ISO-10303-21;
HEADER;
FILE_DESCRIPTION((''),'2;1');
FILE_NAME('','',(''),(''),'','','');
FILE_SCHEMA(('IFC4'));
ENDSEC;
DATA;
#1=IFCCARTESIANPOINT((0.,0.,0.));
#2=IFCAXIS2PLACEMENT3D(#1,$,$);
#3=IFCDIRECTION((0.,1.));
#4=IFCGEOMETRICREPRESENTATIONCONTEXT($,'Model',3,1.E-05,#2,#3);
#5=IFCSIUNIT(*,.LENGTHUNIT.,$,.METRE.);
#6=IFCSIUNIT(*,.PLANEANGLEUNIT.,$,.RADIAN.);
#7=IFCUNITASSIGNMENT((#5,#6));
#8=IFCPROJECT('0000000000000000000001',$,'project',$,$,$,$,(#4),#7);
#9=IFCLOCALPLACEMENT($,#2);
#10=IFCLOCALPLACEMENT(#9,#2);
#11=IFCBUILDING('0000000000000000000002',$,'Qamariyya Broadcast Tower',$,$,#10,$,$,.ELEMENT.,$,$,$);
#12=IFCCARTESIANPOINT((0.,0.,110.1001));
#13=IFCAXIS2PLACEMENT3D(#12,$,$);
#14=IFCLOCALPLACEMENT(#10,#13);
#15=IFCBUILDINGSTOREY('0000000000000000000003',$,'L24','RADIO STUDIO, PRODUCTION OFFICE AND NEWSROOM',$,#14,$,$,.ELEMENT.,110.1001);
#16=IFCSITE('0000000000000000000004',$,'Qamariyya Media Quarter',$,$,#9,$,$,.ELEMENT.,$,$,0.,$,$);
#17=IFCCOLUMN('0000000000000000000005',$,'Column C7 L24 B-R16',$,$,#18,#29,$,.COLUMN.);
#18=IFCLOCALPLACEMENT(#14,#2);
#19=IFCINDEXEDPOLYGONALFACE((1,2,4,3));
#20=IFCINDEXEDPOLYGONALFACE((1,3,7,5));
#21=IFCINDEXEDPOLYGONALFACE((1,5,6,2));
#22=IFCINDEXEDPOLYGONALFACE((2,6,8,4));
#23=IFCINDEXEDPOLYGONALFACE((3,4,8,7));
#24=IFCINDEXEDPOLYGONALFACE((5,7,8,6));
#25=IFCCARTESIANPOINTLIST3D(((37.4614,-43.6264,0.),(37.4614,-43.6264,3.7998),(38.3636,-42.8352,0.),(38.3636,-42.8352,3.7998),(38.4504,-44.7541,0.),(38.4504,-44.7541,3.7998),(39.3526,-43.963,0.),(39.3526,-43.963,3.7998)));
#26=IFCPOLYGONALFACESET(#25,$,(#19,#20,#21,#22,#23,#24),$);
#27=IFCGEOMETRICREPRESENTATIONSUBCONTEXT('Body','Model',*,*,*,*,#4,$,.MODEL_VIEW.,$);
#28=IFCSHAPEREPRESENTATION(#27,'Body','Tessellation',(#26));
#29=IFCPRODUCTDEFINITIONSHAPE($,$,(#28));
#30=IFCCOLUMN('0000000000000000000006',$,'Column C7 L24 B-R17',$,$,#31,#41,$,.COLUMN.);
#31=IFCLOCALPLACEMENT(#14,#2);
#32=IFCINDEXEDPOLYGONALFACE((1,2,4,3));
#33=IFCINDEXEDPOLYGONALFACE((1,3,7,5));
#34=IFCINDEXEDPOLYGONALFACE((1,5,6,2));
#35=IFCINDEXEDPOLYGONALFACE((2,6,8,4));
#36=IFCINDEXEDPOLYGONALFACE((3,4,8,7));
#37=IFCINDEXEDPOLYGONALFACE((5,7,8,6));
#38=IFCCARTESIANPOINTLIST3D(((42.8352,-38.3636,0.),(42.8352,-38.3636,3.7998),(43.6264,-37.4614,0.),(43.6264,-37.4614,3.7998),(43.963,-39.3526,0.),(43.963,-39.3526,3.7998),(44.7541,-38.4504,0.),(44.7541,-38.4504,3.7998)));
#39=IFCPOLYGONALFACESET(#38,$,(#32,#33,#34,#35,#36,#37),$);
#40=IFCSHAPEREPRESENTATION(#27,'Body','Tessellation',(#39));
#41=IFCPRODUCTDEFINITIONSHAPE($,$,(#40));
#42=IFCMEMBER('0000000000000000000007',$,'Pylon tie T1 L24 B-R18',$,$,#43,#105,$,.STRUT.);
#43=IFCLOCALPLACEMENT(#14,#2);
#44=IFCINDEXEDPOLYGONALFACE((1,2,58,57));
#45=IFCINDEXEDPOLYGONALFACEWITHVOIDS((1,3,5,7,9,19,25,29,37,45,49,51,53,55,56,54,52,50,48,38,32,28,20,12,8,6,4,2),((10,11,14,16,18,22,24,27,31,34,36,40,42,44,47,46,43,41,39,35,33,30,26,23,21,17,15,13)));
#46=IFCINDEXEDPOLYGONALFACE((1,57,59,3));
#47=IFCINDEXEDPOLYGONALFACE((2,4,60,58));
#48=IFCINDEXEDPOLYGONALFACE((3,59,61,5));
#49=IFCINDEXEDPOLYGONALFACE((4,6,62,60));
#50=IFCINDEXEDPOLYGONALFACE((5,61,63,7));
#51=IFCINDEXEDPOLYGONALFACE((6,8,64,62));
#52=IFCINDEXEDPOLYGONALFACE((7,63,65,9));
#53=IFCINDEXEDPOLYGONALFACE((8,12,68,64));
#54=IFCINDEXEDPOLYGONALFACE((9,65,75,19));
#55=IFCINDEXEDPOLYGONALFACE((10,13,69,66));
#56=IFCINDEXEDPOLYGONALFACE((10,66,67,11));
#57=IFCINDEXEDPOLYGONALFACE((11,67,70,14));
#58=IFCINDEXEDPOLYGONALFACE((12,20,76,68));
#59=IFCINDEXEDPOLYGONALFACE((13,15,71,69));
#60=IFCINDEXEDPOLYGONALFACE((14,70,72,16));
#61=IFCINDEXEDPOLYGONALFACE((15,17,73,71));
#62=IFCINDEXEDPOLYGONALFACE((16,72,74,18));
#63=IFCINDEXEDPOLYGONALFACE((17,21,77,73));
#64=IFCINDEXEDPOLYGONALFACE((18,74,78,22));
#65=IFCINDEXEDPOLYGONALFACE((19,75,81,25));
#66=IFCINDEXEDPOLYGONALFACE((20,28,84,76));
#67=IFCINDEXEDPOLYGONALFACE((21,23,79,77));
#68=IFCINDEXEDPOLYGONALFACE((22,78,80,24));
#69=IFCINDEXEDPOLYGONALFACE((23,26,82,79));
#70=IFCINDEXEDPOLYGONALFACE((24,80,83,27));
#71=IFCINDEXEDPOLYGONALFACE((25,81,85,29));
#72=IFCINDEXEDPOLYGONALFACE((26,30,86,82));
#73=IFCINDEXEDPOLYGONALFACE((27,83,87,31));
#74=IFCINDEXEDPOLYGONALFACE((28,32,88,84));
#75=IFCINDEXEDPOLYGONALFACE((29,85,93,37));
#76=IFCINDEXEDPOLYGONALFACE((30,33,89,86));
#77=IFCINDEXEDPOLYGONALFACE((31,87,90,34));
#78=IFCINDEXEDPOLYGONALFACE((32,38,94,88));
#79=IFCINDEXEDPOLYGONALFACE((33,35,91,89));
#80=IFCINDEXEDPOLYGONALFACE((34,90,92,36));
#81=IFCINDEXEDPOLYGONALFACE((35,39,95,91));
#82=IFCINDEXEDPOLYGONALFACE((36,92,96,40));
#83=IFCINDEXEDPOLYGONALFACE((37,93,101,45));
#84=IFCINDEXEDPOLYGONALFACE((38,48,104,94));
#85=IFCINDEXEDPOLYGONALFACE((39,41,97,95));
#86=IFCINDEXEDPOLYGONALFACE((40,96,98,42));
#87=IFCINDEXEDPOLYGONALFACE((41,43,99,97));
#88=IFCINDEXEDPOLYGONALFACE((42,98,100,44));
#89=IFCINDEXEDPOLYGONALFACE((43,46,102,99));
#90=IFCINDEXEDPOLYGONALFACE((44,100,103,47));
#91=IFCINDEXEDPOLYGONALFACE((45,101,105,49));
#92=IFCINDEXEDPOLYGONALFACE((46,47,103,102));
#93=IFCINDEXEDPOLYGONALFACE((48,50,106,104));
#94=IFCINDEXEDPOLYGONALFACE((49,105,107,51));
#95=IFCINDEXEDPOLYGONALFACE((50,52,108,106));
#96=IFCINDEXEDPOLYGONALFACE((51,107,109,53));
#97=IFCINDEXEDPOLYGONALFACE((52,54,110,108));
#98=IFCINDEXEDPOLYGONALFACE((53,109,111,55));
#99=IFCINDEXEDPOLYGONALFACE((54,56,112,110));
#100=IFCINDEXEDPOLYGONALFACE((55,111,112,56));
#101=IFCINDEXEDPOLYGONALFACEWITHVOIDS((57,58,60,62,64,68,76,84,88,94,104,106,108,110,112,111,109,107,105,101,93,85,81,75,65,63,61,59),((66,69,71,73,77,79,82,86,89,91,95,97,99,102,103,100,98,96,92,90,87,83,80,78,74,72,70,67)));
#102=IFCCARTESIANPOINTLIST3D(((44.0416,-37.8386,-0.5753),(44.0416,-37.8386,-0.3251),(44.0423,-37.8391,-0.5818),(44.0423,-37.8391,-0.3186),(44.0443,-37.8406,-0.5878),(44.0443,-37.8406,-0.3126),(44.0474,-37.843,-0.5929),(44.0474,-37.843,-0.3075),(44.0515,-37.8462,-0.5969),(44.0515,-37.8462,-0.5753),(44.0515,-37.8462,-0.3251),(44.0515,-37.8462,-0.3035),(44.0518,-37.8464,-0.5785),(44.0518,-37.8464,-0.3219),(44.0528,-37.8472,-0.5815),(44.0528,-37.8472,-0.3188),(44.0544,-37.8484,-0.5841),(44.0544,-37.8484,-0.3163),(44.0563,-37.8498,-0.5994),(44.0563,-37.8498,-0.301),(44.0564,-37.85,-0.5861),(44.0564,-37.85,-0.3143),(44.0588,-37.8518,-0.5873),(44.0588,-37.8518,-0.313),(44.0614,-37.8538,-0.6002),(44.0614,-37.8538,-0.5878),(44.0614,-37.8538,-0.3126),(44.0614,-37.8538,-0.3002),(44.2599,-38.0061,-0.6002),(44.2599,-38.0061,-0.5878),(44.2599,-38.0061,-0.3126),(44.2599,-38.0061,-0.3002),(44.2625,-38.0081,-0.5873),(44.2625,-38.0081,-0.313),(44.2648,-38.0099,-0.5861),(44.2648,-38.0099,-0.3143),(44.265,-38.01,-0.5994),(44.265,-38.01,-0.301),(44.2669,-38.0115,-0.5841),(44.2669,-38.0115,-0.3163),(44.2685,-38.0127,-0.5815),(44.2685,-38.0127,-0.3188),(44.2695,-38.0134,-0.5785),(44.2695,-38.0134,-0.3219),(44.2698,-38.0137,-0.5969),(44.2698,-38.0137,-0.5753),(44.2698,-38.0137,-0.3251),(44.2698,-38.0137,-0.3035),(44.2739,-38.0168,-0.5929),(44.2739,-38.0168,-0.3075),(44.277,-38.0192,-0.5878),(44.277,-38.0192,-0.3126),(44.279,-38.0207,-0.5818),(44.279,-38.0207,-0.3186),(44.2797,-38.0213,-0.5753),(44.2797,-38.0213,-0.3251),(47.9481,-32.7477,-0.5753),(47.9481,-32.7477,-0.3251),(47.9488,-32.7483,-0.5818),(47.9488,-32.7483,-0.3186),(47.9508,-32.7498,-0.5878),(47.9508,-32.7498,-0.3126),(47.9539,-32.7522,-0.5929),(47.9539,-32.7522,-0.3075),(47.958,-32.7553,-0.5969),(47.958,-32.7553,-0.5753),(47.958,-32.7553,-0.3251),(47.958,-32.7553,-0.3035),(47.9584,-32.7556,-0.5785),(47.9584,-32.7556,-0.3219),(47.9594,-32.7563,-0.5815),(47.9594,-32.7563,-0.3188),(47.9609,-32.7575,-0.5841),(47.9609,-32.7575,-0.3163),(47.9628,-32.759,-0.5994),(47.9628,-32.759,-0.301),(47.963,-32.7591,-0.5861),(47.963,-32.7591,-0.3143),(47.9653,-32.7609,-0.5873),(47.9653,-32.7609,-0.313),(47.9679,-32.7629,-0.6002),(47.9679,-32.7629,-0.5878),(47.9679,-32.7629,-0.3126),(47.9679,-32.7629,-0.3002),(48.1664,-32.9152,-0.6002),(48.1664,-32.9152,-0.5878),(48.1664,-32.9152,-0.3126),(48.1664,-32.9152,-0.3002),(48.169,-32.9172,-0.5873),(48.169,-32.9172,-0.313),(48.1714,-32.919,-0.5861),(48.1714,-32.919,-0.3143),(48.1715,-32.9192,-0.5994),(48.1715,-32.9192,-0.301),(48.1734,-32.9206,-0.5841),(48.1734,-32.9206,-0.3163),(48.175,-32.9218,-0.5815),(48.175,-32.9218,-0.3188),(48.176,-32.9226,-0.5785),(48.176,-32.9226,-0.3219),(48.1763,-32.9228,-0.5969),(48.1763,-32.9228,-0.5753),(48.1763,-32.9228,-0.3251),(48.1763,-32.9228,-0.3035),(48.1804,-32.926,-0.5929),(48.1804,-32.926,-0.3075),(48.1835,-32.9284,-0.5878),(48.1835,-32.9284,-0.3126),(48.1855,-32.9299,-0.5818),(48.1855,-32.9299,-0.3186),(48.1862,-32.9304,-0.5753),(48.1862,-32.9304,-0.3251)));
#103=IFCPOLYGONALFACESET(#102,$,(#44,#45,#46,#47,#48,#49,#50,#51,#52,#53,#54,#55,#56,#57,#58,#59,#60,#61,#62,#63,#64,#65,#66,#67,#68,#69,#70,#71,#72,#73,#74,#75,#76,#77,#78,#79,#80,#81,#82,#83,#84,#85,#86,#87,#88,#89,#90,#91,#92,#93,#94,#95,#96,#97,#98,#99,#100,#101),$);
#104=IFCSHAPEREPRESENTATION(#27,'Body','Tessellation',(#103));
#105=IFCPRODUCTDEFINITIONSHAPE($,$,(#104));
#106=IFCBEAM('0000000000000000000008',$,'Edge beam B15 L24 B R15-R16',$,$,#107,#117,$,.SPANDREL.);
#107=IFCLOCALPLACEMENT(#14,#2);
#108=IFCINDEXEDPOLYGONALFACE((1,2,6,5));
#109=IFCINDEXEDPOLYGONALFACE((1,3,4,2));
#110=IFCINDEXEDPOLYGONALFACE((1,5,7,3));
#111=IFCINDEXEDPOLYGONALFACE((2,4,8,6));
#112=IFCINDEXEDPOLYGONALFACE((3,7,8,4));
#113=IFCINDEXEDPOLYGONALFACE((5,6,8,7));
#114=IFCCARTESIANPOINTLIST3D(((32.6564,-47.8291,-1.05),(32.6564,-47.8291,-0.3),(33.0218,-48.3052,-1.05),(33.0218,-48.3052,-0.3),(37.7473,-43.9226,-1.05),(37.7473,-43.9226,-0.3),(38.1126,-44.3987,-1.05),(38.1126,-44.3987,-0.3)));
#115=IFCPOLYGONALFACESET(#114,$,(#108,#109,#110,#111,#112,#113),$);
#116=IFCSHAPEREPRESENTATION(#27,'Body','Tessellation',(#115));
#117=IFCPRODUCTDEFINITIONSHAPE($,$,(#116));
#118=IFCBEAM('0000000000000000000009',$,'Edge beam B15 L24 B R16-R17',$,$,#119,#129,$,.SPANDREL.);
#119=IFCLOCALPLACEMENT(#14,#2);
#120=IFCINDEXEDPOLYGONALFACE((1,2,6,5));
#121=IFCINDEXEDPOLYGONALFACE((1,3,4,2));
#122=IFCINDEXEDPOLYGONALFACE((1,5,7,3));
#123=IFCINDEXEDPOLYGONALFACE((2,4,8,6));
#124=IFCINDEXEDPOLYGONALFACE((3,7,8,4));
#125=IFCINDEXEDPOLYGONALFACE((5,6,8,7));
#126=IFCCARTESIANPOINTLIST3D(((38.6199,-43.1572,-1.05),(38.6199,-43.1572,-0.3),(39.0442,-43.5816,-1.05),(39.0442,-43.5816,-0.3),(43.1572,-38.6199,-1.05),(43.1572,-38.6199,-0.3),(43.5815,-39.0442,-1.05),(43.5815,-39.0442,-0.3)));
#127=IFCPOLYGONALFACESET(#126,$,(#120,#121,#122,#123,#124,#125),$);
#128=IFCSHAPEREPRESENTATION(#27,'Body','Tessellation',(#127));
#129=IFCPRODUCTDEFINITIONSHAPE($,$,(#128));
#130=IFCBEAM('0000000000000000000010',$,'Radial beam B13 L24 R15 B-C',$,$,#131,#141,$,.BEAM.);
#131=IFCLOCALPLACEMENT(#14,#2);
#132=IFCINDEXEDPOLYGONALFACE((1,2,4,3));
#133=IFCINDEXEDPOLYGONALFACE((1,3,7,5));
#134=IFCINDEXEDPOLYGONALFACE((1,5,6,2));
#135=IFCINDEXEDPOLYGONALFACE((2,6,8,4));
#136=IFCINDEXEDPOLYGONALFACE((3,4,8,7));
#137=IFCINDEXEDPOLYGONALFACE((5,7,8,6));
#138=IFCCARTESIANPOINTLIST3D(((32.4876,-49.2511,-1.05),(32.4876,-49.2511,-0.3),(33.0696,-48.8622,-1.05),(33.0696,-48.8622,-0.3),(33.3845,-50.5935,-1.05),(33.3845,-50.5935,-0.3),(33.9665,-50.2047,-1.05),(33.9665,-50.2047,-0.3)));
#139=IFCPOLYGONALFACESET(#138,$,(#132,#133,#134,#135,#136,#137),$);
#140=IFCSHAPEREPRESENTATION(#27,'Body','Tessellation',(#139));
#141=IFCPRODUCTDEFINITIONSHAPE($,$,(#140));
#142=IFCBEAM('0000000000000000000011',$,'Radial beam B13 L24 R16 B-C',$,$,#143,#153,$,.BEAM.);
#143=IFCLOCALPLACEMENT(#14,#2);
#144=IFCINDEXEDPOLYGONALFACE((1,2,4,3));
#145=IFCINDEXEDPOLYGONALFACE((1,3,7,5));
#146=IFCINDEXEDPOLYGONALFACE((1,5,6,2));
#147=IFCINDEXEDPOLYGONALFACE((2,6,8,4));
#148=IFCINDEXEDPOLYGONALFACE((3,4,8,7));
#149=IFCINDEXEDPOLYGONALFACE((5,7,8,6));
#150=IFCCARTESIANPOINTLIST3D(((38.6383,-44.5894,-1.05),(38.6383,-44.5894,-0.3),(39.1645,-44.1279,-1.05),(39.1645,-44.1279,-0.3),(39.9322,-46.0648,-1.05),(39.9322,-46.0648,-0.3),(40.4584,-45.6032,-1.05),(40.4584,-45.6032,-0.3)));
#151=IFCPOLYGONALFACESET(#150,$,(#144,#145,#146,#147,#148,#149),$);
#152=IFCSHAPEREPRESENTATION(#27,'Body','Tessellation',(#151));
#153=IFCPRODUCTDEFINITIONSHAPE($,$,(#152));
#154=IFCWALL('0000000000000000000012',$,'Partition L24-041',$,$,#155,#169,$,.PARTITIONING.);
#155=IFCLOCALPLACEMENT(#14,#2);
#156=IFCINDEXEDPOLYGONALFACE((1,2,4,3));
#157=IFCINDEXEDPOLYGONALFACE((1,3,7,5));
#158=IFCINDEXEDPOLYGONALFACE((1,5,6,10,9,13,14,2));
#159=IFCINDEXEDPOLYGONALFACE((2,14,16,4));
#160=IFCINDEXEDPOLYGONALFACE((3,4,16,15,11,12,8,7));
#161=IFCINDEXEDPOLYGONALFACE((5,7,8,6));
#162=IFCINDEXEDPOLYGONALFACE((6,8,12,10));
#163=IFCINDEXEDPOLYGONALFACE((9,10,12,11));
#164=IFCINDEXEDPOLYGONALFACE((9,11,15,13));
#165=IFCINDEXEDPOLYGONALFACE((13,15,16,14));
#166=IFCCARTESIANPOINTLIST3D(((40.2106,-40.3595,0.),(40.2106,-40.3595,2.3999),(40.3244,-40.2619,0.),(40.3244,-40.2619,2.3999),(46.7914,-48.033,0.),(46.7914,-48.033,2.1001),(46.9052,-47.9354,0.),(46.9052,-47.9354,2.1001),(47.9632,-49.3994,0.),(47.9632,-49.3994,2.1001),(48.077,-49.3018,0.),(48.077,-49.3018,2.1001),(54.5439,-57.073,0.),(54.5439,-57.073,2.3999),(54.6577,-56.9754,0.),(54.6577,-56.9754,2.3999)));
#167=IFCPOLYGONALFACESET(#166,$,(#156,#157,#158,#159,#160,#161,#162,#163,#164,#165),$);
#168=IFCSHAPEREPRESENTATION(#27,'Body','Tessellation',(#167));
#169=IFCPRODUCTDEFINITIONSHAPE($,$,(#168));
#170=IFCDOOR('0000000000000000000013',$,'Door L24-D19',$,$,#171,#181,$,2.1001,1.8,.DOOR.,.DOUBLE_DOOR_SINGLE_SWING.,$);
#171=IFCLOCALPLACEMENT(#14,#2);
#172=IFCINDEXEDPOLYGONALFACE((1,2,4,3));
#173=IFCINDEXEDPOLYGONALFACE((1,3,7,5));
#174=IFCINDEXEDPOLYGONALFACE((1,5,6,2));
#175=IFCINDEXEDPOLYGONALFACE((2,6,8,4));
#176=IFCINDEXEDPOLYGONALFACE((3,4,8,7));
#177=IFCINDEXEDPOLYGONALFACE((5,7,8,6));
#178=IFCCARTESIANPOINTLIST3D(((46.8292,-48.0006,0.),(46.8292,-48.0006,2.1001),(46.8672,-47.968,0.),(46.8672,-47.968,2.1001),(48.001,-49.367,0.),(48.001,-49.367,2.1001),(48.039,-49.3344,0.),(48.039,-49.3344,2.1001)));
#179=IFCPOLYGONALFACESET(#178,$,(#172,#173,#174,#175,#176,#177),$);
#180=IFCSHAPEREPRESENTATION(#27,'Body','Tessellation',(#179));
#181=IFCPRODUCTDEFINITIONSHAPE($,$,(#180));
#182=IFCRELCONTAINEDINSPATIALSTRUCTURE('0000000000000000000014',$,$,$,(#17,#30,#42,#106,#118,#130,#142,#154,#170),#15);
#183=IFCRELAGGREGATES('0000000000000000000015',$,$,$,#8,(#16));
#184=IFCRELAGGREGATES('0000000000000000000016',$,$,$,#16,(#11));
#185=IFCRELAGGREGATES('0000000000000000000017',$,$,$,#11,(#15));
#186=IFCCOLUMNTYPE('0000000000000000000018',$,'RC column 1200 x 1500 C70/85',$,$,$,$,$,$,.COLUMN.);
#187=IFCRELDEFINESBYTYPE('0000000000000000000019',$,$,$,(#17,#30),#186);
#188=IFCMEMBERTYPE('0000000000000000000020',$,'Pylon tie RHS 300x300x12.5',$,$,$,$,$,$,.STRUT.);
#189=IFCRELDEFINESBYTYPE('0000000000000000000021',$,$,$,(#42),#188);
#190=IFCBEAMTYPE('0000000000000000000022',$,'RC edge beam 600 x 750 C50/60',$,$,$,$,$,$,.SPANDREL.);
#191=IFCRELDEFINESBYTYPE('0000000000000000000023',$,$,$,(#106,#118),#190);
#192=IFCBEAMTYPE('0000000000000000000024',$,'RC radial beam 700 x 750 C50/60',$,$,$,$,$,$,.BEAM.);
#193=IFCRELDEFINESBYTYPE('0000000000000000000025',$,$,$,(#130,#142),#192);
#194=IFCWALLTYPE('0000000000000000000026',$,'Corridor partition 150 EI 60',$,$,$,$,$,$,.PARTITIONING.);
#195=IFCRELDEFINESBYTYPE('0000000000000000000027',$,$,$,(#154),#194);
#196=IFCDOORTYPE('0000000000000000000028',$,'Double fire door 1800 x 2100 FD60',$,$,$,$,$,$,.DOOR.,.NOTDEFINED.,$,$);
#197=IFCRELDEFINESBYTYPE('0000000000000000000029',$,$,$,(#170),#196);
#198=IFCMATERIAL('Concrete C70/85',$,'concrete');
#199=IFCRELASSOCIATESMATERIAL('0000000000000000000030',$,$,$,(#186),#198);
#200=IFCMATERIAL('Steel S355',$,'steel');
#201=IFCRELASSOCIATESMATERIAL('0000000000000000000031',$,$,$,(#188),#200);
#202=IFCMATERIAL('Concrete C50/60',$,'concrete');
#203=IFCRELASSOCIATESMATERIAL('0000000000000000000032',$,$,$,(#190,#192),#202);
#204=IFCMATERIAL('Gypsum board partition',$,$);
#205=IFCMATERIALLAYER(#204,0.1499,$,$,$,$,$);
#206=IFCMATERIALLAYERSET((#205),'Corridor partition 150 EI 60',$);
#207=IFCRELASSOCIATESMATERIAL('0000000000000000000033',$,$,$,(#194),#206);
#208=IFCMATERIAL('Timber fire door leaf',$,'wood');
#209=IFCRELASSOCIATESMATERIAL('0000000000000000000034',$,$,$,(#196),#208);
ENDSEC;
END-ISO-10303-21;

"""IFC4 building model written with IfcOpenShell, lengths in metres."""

from ifc_helpers import new_model, si_unit, direction, frame, frame_2d, origin, origin_2d, place, context, subcontext, project, spatial, rectangle, hollow_rectangle, extrude, material, layer, layer_set, material_profile, profile_set, type_object, element, fill, save


model = new_model("IFC4")

# Units and contexts
model_context = context("Model", 3, precision=1e-05, world=origin(), true_north=direction((0.0, 1.0)))
body_context = subcontext(model_context, "Body", "Model", "MODEL_VIEW")
ifc_project = project(units=[si_unit("LENGTHUNIT", "METRE"), si_unit("PLANEANGLEUNIT", "RADIAN")], contexts=[model_context])

# Site, building, storey
site_placement = place(None, origin())
site = spatial("IfcSite", under=ifc_project, at=site_placement, Name="Qamariyya Media Quarter", CompositionType="ELEMENT", RefElevation=0.0)
building_placement = place(site_placement, origin())
building = spatial("IfcBuilding", under=site, at=building_placement, Name="Qamariyya Broadcast Tower", CompositionType="ELEMENT")
storey_placement = place(building_placement, frame((0.0, 0.0, 110.1001)))
storey = spatial("IfcBuildingStorey", under=building, at=storey_placement, Name="L24", Description="RADIO STUDIO, PRODUCTION OFFICE AND NEWSROOM", CompositionType="ELEMENT", Elevation=110.1001)

# Columns
ifc_material_1 = material(Name="Concrete C70/85", Category="concrete")
ifc_material_profile_1 = material_profile(ifc_material_1, rectangle(XDim=1.2, YDim=1.5, at=origin_2d()))
ifc_profile_set_1 = profile_set([ifc_material_profile_1], Name="Concrete C70/85")
column_type = type_object("IfcColumnType", Name="RC column 1200 x 1500 C70/85", PredefinedType="COLUMN", material=ifc_profile_set_1)
for number, where, z_axis, x_axis, name in (
    (1, (38.407, -43.7947, 0.0), (0.0, 0.0, 1.0), (0.75184, 0.659346, 0.0), "Column C7 L24 B-R16"),
    (2, (43.7947, -38.407, 0.0), (0.0, 0.0, 1.0), (0.659346, 0.75184, 0.0), "Column C7 L24 B-R17"),
):
    element("IfcColumn", number, at=place(storey_placement, frame(where, z_axis=z_axis, x_axis=x_axis)), inside=storey, type_object=column_type, Name=name, PredefinedType="COLUMN", context=body_context, shape_type="SweptSolid", body=[
        extrude(rectangle(XDim=1.2, YDim=1.5, at=origin_2d()), origin(), (0.0, 0.0, 1.0), 3.7998),
    ])

# Member
ifc_material_2 = material(Name="Steel S355", Category="steel")
ifc_material_profile_2 = material_profile(ifc_material_2, hollow_rectangle(XDim=0.3, YDim=0.3, WallThickness=0.0125, InnerFilletRadius=0.0125, OuterFilletRadius=0.0249, at=origin_2d()))
ifc_profile_set_2 = profile_set([ifc_material_profile_2], Name="Steel S355")
member_type = type_object("IfcMemberType", Name="Pylon tie RHS 300x300x12.5", PredefinedType="STRUT", material=ifc_profile_set_2)
member_placement = place(storey_placement, frame((44.1606, -37.9299, -0.4502), z_axis=(0.608778, 0.793341, 0.0), x_axis=(-0.793341, 0.608778, 0.0)))
element("IfcMember", 3, at=member_placement, inside=storey, type_object=member_type, Name="Pylon tie T1 L24 B-R18", PredefinedType="STRUT", context=body_context, shape_type="SweptSolid", body=[
    extrude(hollow_rectangle(XDim=0.3, YDim=0.3, WallThickness=0.0125, InnerFilletRadius=0.0125, OuterFilletRadius=0.0249, at=origin_2d()), origin(), (0.0, 0.0, 1.0), 6.417),
])

# Beams
ifc_material_3 = material(Name="Concrete C50/60", Category="concrete")
ifc_material_profile_3 = material_profile(ifc_material_3, rectangle(XDim=0.6001, YDim=0.75, at=origin_2d()))
ifc_profile_set_3 = profile_set([ifc_material_profile_3], Name="Concrete C50/60")
beam_type_1 = type_object("IfcBeamType", Name="RC edge beam 600 x 750 C50/60", PredefinedType="SPANDREL", material=ifc_profile_set_3)
beam_1_placement = place(storey_placement, frame((32.8391, -48.0671, -0.675), z_axis=(0.793341, 0.608778, 0.0), x_axis=(-0.608778, 0.793341, 0.0)))
element("IfcBeam", 4, at=beam_1_placement, inside=storey, type_object=beam_type_1, Name="Edge beam B15 L24 B R15-R16", PredefinedType="SPANDREL", context=body_context, shape_type="SweptSolid", body=[
    extrude(rectangle(XDim=0.6001, YDim=0.75, at=origin_2d()), origin(), (0.0, 0.0, 1.0), 6.417),
])
beam_2_placement = place(storey_placement, frame((38.832, -43.3694, -0.675), z_axis=(0.707107, 0.707107, 0.0), x_axis=(-0.707107, 0.707107, 0.0)))
element("IfcBeam", 5, at=beam_2_placement, inside=storey, type_object=beam_type_1, Name="Edge beam B15 L24 B R16-R17", PredefinedType="SPANDREL", context=body_context, shape_type="SweptSolid", body=[
    extrude(rectangle(XDim=0.6001, YDim=0.75, at=origin_2d()), origin(), (0.0, 0.0, 1.0), 6.4167),
])
ifc_material_profile_4 = material_profile(ifc_material_3, rectangle(XDim=0.7, YDim=0.75, at=origin_2d()))
ifc_profile_set_4 = profile_set([ifc_material_profile_4], Name="Concrete C50/60")
beam_type_2 = type_object("IfcBeamType", Name="RC radial beam 700 x 750 C50/60", PredefinedType="BEAM", material=ifc_profile_set_4)
beam_3_placement = place(storey_placement, frame((32.7786, -49.0566, -0.675), z_axis=(0.555537, -0.831492, 0.0), x_axis=(0.831492, 0.555537, 0.0)))
element("IfcBeam", 6, at=beam_3_placement, inside=storey, type_object=beam_type_2, Name="Radial beam B13 L24 R15 B-C", PredefinedType="BEAM", context=body_context, shape_type="SweptSolid", body=[
    extrude(rectangle(XDim=0.7, YDim=0.75, at=origin_2d()), origin(), (0.0, 0.0, 1.0), 1.6145),
])
beam_4_placement = place(storey_placement, frame((38.9014, -44.3586, -0.675), z_axis=(0.659376, -0.751813, 0.0), x_axis=(0.751813, 0.659376, 0.0)))
element("IfcBeam", 7, at=beam_4_placement, inside=storey, type_object=beam_type_2, Name="Radial beam B13 L24 R16 B-C", PredefinedType="BEAM", context=body_context, shape_type="SweptSolid", body=[
    extrude(rectangle(XDim=0.7, YDim=0.75, at=origin_2d()), origin(), (0.0, 0.0, 1.0), 1.9624),
])

# Wall, opening, door
ifc_material_4 = material(Name="Gypsum board partition")
ifc_layer_1 = layer(ifc_material_4, 0.1499)
ifc_layer_set_1 = layer_set([ifc_layer_1], Name="Corridor partition 150 EI 60")
wall_type_1 = type_object("IfcWallType", Name="Corridor partition 150 EI 60", PredefinedType="PARTITIONING", material=ifc_layer_set_1)
wall_1_placement = place(storey_placement, frame((40.2676, -40.3108, 0.0), z_axis=(0.0, 0.0, 1.0), x_axis=(0.650988, -0.759088, 0.0)))
wall_1 = element("IfcWall", 8, at=wall_1_placement, inside=storey, type_object=wall_type_1, Name="Partition L24-041", PredefinedType="PARTITIONING", context=body_context, shape_type="SweptSolid", body=[
    extrude(rectangle(XDim=22.0178, YDim=0.1499, at=frame_2d((11.0088, 0.0))), origin(), (0.0, 0.0, 1.0), 2.3999),
])
opening_1_placement = place(wall_1_placement, frame((10.1089, 0.0, 0.0)))
opening_1 = element("IfcOpeningElement", 9, at=opening_1_placement, cuts=wall_1, PredefinedType="OPENING", context=body_context, shape_type="SweptSolid", body=[
    extrude(rectangle(XDim=1.8, YDim=2.1001, at=frame_2d((0.8999, 1.05))), frame((0.0, 0.085, 0.0), z_axis=(0.0, -1.0, 0.0), x_axis=(1.0, 0.0, 0.0)), (0.0, 0.0, 1.0), 0.1699),
])
ifc_material_5 = material(Name="Timber fire door leaf", Category="wood")
door_type_1 = type_object("IfcDoorType", Name="Double fire door 1800 x 2100 FD60", OperationType="NOTDEFINED", PredefinedType="DOOR", material=ifc_material_5)
door_1_placement = place(opening_1_placement, origin())
door_1 = element("IfcDoor", 10, at=door_1_placement, inside=storey, type_object=door_type_1, Name="Door L24-D19", OperationType="DOUBLE_DOOR_SINGLE_SWING", OverallHeight=2.1001, OverallWidth=1.8, PredefinedType="DOOR", context=body_context, shape_type="SweptSolid", body=[
    extrude(rectangle(XDim=1.8, YDim=2.1001, at=frame_2d((0.8999, 1.05))), frame((0.0, 0.0249, 0.0), z_axis=(0.0, -1.0, 0.0), x_axis=(1.0, 0.0, 0.0)), (0.0, 0.0, 1.0), 0.05),
])
fill(opening_1, door_1)

save(model, "model.ifc")
